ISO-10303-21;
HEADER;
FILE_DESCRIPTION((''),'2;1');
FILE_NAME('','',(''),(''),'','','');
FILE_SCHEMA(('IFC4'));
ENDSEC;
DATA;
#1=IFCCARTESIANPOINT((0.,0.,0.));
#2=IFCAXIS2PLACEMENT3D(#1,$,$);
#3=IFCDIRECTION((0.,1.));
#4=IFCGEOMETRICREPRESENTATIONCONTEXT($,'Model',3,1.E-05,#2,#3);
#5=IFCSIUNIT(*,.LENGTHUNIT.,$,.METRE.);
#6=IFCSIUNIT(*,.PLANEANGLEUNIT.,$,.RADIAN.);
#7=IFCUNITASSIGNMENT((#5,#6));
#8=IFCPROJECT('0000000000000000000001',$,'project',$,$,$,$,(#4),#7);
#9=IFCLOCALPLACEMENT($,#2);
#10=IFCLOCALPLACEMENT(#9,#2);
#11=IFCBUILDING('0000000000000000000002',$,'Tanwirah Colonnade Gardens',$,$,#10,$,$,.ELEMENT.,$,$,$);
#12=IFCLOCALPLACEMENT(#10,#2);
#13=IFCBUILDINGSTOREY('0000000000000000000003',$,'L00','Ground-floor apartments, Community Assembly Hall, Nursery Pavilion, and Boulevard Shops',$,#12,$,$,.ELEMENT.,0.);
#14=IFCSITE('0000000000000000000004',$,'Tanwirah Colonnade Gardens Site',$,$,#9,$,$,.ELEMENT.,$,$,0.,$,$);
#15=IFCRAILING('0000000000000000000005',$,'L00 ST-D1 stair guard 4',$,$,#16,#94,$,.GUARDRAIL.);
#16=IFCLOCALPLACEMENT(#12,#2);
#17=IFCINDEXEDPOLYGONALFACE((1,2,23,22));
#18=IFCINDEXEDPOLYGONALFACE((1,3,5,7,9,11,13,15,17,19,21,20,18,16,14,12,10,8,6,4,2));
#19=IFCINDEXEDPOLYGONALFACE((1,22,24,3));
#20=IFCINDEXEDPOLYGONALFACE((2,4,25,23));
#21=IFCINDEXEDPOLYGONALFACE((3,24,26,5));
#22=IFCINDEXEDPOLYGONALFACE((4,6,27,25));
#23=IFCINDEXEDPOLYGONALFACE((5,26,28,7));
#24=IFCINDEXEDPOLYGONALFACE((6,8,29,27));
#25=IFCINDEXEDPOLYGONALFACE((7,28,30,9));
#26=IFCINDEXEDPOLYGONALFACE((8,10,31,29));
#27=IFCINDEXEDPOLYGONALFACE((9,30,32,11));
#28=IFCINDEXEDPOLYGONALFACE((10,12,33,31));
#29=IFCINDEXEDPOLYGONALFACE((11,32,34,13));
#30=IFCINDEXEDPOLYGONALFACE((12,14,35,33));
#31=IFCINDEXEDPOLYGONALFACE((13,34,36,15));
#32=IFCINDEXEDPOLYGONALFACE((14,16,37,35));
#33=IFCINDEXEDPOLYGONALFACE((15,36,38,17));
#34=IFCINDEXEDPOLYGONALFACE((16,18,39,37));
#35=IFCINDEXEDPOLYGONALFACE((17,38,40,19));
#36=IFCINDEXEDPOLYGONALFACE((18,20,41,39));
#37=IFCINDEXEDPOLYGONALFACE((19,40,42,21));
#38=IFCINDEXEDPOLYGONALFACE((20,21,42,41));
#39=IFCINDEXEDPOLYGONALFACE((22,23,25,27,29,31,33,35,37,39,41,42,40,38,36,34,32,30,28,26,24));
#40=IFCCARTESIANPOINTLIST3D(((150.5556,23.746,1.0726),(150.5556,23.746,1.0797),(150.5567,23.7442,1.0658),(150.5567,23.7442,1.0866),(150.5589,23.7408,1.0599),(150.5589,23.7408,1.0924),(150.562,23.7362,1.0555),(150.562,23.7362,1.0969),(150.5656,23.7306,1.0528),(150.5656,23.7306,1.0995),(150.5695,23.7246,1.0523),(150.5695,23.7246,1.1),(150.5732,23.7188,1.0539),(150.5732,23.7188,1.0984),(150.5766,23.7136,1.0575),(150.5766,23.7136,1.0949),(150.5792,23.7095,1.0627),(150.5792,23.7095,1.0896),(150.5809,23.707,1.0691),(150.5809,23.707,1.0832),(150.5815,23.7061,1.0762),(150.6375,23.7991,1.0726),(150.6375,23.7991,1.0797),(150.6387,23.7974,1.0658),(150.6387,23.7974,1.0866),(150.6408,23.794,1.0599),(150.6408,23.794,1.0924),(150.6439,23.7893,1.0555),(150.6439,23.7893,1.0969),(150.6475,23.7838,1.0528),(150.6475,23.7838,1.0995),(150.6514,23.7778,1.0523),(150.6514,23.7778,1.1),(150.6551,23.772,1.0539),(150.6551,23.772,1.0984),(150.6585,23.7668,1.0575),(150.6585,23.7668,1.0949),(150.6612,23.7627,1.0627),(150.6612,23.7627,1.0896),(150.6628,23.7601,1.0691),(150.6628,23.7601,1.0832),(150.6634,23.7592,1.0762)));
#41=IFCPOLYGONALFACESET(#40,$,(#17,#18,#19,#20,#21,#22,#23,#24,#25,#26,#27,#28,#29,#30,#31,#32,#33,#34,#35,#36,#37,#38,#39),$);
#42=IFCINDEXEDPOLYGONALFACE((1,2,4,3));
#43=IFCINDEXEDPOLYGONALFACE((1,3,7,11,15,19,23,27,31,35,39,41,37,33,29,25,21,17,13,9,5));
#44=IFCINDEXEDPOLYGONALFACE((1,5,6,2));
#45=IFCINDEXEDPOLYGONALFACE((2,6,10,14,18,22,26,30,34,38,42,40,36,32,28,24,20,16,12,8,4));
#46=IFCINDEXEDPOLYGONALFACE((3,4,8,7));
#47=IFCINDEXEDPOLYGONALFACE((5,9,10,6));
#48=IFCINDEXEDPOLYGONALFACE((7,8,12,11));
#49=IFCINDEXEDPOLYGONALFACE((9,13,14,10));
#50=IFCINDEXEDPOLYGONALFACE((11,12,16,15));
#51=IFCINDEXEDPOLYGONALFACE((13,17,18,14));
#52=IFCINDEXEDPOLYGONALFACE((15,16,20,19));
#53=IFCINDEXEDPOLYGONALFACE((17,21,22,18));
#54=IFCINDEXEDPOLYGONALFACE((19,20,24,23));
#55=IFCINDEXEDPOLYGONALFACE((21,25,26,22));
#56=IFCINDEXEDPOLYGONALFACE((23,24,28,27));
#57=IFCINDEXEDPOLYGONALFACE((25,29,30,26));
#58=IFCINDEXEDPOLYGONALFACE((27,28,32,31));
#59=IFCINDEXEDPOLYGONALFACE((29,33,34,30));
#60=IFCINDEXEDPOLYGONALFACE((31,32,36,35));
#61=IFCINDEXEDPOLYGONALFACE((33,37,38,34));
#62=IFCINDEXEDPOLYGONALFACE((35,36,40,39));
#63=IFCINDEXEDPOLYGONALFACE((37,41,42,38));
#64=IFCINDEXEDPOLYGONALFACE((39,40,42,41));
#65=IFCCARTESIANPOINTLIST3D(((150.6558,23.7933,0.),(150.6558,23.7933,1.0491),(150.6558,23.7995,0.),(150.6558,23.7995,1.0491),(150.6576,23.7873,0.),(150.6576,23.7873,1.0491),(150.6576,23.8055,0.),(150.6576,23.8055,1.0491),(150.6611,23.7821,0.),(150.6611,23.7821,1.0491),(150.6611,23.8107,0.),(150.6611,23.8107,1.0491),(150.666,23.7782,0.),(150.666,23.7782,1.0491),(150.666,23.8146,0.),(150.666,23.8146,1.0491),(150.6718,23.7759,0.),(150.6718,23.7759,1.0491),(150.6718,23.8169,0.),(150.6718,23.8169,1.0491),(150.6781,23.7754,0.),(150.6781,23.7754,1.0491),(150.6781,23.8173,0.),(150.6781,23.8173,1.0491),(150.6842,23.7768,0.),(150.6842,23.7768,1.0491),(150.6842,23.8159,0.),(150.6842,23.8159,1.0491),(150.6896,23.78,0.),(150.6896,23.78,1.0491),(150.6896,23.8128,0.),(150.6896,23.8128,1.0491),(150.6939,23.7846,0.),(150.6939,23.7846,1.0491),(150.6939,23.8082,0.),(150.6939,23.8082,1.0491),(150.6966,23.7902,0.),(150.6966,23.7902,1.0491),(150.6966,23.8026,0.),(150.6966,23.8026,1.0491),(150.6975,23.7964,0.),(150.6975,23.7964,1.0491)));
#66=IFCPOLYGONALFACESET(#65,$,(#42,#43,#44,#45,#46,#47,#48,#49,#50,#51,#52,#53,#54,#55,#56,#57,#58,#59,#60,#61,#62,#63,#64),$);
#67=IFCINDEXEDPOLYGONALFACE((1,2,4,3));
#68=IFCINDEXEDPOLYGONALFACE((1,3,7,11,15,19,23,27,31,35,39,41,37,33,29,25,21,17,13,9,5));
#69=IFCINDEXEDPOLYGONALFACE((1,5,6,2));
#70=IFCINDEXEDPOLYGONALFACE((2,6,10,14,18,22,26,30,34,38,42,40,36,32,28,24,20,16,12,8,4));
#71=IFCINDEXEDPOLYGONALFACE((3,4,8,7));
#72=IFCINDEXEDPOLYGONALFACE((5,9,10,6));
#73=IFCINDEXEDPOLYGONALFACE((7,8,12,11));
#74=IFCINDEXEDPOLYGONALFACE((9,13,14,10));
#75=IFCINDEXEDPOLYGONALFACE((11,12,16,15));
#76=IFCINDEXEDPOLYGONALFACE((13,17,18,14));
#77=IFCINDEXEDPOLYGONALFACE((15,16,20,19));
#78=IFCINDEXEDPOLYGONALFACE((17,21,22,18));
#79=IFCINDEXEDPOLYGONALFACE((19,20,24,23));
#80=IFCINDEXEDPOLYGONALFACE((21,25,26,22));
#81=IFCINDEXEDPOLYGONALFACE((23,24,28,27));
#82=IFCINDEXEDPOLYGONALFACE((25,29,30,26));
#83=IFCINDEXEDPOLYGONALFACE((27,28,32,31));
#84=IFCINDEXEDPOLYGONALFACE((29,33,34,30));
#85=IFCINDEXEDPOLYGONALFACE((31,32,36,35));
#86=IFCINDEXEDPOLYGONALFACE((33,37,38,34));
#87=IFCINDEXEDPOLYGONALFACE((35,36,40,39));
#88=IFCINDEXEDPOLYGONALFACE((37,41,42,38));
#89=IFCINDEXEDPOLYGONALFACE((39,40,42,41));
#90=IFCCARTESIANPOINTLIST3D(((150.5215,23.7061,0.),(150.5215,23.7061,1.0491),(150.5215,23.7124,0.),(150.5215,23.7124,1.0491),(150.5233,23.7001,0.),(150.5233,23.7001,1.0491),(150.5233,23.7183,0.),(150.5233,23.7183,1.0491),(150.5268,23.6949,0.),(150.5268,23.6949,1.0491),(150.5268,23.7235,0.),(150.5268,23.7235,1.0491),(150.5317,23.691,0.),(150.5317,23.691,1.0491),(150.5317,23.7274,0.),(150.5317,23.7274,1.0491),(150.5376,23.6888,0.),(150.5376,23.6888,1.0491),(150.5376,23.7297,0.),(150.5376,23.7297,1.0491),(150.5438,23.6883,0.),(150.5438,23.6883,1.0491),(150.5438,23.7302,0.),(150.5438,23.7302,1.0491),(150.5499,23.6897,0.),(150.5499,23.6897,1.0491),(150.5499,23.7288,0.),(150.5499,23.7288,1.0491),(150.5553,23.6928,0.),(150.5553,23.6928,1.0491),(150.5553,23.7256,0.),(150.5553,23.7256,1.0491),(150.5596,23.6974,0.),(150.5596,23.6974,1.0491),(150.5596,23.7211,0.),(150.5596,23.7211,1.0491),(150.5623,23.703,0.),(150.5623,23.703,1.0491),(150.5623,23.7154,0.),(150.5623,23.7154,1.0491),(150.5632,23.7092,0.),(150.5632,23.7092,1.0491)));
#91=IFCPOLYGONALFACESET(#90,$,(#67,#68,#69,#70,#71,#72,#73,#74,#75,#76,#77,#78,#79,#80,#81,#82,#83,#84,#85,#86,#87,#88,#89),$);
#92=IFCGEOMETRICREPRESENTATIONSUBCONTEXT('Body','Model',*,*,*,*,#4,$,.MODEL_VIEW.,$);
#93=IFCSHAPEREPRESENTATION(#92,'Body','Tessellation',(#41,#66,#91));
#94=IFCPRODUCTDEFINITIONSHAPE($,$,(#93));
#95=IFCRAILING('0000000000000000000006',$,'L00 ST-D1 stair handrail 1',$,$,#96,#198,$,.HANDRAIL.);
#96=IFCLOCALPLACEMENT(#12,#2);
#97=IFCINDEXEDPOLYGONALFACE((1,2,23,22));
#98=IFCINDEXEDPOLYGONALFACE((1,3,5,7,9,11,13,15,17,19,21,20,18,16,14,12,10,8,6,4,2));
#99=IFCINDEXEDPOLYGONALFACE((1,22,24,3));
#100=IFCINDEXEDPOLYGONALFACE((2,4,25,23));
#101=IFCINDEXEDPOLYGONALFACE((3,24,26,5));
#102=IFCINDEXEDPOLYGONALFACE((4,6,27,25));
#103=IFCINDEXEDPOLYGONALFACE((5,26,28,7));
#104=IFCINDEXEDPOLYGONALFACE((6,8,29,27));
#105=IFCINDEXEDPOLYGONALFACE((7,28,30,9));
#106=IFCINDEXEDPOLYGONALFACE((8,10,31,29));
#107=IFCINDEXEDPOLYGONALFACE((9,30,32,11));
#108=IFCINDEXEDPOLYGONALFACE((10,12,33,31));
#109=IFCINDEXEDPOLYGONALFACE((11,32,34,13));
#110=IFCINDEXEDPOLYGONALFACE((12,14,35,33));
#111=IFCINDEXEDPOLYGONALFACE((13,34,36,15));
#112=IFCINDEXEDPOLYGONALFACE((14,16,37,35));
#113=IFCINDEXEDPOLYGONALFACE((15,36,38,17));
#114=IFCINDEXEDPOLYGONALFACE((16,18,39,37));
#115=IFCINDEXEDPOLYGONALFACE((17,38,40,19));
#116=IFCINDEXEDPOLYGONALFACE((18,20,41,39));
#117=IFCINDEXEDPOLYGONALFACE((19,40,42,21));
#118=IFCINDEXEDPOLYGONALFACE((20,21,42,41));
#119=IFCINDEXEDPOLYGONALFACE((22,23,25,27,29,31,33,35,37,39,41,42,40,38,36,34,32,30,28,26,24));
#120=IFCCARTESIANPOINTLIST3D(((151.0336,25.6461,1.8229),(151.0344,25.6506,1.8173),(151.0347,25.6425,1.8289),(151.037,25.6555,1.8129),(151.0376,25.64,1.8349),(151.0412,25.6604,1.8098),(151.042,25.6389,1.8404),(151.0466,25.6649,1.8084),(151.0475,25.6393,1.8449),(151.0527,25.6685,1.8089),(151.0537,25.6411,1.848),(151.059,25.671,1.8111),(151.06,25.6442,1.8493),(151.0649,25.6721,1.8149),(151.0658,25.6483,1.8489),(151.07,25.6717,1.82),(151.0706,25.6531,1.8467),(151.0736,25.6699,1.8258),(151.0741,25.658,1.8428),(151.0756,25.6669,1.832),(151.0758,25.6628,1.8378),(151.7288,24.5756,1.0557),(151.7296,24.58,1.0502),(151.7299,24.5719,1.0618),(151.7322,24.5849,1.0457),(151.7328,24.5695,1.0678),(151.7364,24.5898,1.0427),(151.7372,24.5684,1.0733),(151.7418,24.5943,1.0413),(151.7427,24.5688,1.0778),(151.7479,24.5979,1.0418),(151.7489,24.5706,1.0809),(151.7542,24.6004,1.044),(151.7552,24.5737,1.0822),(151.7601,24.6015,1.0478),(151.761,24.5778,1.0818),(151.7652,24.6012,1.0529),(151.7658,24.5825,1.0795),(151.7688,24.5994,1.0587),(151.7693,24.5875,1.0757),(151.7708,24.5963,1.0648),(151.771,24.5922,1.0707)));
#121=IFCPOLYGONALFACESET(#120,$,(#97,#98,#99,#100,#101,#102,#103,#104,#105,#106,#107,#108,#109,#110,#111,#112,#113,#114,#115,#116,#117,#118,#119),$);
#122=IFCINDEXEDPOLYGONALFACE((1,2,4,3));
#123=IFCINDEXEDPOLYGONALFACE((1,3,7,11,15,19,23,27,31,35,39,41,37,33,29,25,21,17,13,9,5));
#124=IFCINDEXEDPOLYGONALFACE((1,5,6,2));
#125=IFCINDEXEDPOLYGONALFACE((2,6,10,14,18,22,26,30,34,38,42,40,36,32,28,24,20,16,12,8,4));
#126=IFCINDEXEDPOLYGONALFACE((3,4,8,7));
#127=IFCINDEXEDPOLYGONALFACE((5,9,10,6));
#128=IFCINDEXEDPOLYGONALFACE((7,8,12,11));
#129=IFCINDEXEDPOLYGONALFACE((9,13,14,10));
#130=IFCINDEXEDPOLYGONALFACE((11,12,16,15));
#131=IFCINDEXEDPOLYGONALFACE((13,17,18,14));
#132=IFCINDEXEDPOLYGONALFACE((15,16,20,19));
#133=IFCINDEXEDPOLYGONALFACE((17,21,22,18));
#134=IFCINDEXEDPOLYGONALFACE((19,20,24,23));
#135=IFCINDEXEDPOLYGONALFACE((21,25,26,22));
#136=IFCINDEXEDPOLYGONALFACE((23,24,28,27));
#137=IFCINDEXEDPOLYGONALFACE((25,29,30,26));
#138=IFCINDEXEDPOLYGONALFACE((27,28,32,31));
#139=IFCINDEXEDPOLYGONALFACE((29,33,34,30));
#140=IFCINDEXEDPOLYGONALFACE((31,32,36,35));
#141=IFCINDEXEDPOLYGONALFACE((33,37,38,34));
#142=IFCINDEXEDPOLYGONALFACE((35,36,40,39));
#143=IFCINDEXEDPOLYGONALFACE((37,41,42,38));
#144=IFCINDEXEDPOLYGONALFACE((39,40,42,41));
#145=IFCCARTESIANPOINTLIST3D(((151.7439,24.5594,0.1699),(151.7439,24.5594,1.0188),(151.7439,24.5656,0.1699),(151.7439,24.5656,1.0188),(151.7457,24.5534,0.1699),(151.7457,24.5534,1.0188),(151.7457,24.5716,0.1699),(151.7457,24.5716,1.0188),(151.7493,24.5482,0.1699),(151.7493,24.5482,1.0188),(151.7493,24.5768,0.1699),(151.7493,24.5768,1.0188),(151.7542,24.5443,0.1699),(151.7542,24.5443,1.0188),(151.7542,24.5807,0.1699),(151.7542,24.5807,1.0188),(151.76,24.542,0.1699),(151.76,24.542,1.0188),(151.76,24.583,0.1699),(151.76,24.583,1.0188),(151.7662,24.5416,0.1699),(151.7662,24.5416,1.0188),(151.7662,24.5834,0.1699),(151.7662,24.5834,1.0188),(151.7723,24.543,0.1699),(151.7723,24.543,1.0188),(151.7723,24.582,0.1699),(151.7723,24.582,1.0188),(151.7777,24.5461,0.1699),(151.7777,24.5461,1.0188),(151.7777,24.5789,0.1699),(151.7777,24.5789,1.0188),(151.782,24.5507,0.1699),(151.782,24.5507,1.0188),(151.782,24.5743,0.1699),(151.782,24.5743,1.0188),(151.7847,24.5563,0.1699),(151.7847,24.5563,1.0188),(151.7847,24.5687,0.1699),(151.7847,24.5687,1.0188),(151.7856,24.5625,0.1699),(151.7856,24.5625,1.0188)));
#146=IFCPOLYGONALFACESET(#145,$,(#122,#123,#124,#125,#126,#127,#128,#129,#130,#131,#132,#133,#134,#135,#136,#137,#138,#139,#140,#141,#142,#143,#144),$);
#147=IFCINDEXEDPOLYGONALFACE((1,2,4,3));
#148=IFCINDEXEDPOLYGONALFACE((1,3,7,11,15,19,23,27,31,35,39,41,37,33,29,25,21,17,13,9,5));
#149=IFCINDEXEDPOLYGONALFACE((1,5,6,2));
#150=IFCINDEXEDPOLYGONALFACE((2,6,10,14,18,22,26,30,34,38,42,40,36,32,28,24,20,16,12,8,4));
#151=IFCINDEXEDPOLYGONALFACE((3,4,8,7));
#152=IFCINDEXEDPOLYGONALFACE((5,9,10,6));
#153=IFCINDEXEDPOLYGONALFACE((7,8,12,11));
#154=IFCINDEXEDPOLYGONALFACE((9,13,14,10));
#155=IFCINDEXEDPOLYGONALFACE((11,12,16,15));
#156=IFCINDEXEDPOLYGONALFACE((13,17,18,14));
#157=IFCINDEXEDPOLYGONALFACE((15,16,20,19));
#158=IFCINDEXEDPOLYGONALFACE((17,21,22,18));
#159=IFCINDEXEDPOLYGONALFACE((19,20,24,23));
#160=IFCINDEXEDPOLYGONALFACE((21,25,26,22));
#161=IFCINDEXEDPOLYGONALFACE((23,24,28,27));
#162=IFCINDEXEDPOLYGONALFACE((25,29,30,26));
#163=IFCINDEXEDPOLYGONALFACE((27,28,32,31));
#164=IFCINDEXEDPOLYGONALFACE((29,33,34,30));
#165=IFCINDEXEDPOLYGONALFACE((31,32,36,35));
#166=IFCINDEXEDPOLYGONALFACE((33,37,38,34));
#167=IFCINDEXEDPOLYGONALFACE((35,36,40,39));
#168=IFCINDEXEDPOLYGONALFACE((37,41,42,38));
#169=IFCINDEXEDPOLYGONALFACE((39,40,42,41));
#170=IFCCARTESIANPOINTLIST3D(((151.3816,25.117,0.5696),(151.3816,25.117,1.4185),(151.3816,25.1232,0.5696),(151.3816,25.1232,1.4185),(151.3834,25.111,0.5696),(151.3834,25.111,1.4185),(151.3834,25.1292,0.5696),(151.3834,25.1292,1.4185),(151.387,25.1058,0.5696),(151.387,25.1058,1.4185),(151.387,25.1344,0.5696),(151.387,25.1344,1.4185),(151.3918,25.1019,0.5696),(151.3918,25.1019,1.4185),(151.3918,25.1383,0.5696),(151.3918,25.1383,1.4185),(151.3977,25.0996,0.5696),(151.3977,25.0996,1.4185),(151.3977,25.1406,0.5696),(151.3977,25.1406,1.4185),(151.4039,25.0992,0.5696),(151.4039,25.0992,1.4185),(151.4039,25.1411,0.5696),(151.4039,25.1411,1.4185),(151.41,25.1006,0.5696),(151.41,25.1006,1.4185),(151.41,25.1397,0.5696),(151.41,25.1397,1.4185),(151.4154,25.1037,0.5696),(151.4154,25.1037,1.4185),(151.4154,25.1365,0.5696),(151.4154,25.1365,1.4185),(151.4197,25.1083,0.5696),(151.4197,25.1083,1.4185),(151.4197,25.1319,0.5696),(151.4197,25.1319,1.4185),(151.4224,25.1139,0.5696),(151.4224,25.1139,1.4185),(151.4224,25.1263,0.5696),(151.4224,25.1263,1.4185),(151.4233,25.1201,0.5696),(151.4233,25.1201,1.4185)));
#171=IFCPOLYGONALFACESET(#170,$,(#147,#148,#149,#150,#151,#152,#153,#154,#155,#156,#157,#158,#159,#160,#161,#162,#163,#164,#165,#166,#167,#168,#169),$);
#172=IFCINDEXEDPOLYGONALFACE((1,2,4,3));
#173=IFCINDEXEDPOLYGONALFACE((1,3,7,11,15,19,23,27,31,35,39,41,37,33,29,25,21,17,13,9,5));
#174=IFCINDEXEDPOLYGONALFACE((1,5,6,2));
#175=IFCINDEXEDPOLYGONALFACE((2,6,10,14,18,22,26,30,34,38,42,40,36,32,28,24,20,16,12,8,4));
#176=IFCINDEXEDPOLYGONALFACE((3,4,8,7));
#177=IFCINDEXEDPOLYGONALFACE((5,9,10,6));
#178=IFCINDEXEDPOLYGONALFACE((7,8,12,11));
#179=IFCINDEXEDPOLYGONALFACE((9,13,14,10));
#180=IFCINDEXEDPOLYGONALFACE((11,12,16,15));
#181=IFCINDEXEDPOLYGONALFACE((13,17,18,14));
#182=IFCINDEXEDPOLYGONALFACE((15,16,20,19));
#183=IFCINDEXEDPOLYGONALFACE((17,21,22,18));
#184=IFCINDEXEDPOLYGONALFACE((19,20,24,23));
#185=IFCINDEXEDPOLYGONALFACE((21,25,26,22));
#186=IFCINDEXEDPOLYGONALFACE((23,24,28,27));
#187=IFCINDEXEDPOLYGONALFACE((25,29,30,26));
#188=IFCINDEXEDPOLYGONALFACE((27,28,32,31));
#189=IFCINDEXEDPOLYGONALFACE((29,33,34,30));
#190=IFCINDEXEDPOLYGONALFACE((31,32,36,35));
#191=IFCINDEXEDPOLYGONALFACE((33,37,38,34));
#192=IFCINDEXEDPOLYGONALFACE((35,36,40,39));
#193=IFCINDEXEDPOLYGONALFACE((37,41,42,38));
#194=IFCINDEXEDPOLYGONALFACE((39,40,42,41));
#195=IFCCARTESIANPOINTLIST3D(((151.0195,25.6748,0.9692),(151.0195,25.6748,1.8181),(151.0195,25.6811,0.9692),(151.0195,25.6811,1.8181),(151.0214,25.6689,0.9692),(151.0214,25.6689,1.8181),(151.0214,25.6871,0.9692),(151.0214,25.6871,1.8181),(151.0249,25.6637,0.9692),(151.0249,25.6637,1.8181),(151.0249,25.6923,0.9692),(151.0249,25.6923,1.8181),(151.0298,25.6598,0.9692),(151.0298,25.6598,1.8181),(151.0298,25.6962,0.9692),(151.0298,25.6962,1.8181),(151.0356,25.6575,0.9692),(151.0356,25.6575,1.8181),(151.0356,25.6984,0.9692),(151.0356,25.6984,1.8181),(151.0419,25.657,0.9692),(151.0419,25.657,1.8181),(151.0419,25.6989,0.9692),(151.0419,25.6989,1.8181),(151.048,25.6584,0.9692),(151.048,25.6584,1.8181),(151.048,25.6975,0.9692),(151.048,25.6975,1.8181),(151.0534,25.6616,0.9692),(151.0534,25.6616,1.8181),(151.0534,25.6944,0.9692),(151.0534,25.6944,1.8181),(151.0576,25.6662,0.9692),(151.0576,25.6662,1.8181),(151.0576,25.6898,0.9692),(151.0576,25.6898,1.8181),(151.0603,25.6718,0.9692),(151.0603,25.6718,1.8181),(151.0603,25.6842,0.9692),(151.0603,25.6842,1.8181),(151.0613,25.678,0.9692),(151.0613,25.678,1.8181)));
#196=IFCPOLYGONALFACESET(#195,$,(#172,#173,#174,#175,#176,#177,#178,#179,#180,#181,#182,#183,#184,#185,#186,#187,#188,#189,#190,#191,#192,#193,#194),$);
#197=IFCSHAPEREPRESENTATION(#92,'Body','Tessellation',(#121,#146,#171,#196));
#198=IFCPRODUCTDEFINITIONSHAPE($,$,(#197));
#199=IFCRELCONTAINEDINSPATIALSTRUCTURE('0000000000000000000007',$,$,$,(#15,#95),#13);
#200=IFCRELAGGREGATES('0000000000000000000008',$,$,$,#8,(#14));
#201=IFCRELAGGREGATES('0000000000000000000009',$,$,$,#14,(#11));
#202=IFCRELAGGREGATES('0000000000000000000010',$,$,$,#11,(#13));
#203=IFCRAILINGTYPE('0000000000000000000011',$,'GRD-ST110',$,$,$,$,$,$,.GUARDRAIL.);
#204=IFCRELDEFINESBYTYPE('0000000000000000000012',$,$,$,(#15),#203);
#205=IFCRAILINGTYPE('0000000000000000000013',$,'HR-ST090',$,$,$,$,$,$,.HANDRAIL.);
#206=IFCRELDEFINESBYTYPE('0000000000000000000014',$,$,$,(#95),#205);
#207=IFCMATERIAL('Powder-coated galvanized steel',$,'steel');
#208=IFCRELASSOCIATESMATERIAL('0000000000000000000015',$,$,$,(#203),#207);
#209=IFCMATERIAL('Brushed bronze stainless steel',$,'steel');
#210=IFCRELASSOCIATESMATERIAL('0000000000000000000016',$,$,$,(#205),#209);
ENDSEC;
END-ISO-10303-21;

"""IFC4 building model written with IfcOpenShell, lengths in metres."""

from ifc_helpers import new_model, si_unit, direction, frame, origin, origin_2d, place, context, subcontext, project, spatial, circle, extrude, material, type_object, element, save


model = new_model("IFC4")

# Units and contexts
model_context = context("Model", 3, precision=1e-05, world=origin(), true_north=direction((0.0, 1.0)))
body_context = subcontext(model_context, "Body", "Model", "MODEL_VIEW")
ifc_project = project(units=[si_unit("LENGTHUNIT", "METRE"), si_unit("PLANEANGLEUNIT", "RADIAN")], contexts=[model_context])

# Site, building, storey
site_placement = place(None, origin())
site = spatial("IfcSite", under=ifc_project, at=site_placement, Name="Tanwirah Colonnade Gardens Site", CompositionType="ELEMENT", RefElevation=0.0)
building_placement = place(site_placement, origin())
building = spatial("IfcBuilding", under=site, at=building_placement, Name="Tanwirah Colonnade Gardens", CompositionType="ELEMENT")
storey_placement = place(building_placement, origin())
storey = spatial("IfcBuildingStorey", under=building, at=storey_placement, Name="L00", Description="Ground-floor apartments, Community Assembly Hall, Nursery Pavilion, and Boulevard Shops", CompositionType="ELEMENT", Elevation=0.0)

# Railings
ifc_material_1 = material(Name="Powder-coated galvanized steel", Category="steel")
railing_type_1 = type_object("IfcRailingType", Name="GRD-ST110", PredefinedType="GUARDRAIL", material=ifc_material_1)
railing_1_placement = place(storey_placement, frame((150.6765, 23.7964, 0.0)))
element("IfcRailing", 1, at=railing_1_placement, inside=storey, type_object=railing_type_1, Name="L00 ST-D1 stair guard 4", PredefinedType="GUARDRAIL", context=body_context, shape_type="SweptSolid", body=[
    extrude(circle(Radius=0.0239, at=origin_2d()), frame((-0.0261, -0.0171, 1.0762), z_axis=(-0.838792, -0.544452, 0.0), x_axis=(0.544452, -0.838792, 0.0)), (0.0, 0.0, 1.0), 0.0977),
    extrude(circle(Radius=0.021, at=origin_2d()), origin(), (0.0, 0.0, 1.0), 1.0491),
    extrude(circle(Radius=0.021, at=origin_2d()), frame((-0.1343, -0.0872, 0.0)), (0.0, 0.0, 1.0), 1.0491),
])
ifc_material_2 = material(Name="Brushed bronze stainless steel", Category="steel")
railing_type_2 = type_object("IfcRailingType", Name="HR-ST090", PredefinedType="HANDRAIL", material=ifc_material_2)
for number, where, name in (
    (2, (151.7646, 24.5625, 0.1699), "L00 ST-D1 stair handrail 1"),
):
    element("IfcRailing", number, at=place(storey_placement, frame(where)), inside=storey, type_object=railing_type_2, Name=name, PredefinedType="HANDRAIL", context=body_context, shape_type="SweptSolid", body=[
        extrude(circle(Radius=0.0239, at=origin_2d()), frame((-0.0146, 0.0225, 0.8918), z_axis=(-0.466808, 0.718856, 0.515109), x_axis=(-0.838683, -0.544621, 0.0)), (0.0, 0.0, 1.0), 1.4893),
        extrude(circle(Radius=0.021, at=origin_2d()), origin(), (0.0, 0.0, 1.0), 0.8489),
        extrude(circle(Radius=0.021, at=origin_2d()), frame((-0.3623, 0.5576, 0.3997)), (0.0, 0.0, 1.0), 0.8489),
        extrude(circle(Radius=0.021, at=origin_2d()), frame((-0.7244, 1.1155, 0.7993)), (0.0, 0.0, 1.0), 0.8489),
    ])

save(model, "model.ifc")
